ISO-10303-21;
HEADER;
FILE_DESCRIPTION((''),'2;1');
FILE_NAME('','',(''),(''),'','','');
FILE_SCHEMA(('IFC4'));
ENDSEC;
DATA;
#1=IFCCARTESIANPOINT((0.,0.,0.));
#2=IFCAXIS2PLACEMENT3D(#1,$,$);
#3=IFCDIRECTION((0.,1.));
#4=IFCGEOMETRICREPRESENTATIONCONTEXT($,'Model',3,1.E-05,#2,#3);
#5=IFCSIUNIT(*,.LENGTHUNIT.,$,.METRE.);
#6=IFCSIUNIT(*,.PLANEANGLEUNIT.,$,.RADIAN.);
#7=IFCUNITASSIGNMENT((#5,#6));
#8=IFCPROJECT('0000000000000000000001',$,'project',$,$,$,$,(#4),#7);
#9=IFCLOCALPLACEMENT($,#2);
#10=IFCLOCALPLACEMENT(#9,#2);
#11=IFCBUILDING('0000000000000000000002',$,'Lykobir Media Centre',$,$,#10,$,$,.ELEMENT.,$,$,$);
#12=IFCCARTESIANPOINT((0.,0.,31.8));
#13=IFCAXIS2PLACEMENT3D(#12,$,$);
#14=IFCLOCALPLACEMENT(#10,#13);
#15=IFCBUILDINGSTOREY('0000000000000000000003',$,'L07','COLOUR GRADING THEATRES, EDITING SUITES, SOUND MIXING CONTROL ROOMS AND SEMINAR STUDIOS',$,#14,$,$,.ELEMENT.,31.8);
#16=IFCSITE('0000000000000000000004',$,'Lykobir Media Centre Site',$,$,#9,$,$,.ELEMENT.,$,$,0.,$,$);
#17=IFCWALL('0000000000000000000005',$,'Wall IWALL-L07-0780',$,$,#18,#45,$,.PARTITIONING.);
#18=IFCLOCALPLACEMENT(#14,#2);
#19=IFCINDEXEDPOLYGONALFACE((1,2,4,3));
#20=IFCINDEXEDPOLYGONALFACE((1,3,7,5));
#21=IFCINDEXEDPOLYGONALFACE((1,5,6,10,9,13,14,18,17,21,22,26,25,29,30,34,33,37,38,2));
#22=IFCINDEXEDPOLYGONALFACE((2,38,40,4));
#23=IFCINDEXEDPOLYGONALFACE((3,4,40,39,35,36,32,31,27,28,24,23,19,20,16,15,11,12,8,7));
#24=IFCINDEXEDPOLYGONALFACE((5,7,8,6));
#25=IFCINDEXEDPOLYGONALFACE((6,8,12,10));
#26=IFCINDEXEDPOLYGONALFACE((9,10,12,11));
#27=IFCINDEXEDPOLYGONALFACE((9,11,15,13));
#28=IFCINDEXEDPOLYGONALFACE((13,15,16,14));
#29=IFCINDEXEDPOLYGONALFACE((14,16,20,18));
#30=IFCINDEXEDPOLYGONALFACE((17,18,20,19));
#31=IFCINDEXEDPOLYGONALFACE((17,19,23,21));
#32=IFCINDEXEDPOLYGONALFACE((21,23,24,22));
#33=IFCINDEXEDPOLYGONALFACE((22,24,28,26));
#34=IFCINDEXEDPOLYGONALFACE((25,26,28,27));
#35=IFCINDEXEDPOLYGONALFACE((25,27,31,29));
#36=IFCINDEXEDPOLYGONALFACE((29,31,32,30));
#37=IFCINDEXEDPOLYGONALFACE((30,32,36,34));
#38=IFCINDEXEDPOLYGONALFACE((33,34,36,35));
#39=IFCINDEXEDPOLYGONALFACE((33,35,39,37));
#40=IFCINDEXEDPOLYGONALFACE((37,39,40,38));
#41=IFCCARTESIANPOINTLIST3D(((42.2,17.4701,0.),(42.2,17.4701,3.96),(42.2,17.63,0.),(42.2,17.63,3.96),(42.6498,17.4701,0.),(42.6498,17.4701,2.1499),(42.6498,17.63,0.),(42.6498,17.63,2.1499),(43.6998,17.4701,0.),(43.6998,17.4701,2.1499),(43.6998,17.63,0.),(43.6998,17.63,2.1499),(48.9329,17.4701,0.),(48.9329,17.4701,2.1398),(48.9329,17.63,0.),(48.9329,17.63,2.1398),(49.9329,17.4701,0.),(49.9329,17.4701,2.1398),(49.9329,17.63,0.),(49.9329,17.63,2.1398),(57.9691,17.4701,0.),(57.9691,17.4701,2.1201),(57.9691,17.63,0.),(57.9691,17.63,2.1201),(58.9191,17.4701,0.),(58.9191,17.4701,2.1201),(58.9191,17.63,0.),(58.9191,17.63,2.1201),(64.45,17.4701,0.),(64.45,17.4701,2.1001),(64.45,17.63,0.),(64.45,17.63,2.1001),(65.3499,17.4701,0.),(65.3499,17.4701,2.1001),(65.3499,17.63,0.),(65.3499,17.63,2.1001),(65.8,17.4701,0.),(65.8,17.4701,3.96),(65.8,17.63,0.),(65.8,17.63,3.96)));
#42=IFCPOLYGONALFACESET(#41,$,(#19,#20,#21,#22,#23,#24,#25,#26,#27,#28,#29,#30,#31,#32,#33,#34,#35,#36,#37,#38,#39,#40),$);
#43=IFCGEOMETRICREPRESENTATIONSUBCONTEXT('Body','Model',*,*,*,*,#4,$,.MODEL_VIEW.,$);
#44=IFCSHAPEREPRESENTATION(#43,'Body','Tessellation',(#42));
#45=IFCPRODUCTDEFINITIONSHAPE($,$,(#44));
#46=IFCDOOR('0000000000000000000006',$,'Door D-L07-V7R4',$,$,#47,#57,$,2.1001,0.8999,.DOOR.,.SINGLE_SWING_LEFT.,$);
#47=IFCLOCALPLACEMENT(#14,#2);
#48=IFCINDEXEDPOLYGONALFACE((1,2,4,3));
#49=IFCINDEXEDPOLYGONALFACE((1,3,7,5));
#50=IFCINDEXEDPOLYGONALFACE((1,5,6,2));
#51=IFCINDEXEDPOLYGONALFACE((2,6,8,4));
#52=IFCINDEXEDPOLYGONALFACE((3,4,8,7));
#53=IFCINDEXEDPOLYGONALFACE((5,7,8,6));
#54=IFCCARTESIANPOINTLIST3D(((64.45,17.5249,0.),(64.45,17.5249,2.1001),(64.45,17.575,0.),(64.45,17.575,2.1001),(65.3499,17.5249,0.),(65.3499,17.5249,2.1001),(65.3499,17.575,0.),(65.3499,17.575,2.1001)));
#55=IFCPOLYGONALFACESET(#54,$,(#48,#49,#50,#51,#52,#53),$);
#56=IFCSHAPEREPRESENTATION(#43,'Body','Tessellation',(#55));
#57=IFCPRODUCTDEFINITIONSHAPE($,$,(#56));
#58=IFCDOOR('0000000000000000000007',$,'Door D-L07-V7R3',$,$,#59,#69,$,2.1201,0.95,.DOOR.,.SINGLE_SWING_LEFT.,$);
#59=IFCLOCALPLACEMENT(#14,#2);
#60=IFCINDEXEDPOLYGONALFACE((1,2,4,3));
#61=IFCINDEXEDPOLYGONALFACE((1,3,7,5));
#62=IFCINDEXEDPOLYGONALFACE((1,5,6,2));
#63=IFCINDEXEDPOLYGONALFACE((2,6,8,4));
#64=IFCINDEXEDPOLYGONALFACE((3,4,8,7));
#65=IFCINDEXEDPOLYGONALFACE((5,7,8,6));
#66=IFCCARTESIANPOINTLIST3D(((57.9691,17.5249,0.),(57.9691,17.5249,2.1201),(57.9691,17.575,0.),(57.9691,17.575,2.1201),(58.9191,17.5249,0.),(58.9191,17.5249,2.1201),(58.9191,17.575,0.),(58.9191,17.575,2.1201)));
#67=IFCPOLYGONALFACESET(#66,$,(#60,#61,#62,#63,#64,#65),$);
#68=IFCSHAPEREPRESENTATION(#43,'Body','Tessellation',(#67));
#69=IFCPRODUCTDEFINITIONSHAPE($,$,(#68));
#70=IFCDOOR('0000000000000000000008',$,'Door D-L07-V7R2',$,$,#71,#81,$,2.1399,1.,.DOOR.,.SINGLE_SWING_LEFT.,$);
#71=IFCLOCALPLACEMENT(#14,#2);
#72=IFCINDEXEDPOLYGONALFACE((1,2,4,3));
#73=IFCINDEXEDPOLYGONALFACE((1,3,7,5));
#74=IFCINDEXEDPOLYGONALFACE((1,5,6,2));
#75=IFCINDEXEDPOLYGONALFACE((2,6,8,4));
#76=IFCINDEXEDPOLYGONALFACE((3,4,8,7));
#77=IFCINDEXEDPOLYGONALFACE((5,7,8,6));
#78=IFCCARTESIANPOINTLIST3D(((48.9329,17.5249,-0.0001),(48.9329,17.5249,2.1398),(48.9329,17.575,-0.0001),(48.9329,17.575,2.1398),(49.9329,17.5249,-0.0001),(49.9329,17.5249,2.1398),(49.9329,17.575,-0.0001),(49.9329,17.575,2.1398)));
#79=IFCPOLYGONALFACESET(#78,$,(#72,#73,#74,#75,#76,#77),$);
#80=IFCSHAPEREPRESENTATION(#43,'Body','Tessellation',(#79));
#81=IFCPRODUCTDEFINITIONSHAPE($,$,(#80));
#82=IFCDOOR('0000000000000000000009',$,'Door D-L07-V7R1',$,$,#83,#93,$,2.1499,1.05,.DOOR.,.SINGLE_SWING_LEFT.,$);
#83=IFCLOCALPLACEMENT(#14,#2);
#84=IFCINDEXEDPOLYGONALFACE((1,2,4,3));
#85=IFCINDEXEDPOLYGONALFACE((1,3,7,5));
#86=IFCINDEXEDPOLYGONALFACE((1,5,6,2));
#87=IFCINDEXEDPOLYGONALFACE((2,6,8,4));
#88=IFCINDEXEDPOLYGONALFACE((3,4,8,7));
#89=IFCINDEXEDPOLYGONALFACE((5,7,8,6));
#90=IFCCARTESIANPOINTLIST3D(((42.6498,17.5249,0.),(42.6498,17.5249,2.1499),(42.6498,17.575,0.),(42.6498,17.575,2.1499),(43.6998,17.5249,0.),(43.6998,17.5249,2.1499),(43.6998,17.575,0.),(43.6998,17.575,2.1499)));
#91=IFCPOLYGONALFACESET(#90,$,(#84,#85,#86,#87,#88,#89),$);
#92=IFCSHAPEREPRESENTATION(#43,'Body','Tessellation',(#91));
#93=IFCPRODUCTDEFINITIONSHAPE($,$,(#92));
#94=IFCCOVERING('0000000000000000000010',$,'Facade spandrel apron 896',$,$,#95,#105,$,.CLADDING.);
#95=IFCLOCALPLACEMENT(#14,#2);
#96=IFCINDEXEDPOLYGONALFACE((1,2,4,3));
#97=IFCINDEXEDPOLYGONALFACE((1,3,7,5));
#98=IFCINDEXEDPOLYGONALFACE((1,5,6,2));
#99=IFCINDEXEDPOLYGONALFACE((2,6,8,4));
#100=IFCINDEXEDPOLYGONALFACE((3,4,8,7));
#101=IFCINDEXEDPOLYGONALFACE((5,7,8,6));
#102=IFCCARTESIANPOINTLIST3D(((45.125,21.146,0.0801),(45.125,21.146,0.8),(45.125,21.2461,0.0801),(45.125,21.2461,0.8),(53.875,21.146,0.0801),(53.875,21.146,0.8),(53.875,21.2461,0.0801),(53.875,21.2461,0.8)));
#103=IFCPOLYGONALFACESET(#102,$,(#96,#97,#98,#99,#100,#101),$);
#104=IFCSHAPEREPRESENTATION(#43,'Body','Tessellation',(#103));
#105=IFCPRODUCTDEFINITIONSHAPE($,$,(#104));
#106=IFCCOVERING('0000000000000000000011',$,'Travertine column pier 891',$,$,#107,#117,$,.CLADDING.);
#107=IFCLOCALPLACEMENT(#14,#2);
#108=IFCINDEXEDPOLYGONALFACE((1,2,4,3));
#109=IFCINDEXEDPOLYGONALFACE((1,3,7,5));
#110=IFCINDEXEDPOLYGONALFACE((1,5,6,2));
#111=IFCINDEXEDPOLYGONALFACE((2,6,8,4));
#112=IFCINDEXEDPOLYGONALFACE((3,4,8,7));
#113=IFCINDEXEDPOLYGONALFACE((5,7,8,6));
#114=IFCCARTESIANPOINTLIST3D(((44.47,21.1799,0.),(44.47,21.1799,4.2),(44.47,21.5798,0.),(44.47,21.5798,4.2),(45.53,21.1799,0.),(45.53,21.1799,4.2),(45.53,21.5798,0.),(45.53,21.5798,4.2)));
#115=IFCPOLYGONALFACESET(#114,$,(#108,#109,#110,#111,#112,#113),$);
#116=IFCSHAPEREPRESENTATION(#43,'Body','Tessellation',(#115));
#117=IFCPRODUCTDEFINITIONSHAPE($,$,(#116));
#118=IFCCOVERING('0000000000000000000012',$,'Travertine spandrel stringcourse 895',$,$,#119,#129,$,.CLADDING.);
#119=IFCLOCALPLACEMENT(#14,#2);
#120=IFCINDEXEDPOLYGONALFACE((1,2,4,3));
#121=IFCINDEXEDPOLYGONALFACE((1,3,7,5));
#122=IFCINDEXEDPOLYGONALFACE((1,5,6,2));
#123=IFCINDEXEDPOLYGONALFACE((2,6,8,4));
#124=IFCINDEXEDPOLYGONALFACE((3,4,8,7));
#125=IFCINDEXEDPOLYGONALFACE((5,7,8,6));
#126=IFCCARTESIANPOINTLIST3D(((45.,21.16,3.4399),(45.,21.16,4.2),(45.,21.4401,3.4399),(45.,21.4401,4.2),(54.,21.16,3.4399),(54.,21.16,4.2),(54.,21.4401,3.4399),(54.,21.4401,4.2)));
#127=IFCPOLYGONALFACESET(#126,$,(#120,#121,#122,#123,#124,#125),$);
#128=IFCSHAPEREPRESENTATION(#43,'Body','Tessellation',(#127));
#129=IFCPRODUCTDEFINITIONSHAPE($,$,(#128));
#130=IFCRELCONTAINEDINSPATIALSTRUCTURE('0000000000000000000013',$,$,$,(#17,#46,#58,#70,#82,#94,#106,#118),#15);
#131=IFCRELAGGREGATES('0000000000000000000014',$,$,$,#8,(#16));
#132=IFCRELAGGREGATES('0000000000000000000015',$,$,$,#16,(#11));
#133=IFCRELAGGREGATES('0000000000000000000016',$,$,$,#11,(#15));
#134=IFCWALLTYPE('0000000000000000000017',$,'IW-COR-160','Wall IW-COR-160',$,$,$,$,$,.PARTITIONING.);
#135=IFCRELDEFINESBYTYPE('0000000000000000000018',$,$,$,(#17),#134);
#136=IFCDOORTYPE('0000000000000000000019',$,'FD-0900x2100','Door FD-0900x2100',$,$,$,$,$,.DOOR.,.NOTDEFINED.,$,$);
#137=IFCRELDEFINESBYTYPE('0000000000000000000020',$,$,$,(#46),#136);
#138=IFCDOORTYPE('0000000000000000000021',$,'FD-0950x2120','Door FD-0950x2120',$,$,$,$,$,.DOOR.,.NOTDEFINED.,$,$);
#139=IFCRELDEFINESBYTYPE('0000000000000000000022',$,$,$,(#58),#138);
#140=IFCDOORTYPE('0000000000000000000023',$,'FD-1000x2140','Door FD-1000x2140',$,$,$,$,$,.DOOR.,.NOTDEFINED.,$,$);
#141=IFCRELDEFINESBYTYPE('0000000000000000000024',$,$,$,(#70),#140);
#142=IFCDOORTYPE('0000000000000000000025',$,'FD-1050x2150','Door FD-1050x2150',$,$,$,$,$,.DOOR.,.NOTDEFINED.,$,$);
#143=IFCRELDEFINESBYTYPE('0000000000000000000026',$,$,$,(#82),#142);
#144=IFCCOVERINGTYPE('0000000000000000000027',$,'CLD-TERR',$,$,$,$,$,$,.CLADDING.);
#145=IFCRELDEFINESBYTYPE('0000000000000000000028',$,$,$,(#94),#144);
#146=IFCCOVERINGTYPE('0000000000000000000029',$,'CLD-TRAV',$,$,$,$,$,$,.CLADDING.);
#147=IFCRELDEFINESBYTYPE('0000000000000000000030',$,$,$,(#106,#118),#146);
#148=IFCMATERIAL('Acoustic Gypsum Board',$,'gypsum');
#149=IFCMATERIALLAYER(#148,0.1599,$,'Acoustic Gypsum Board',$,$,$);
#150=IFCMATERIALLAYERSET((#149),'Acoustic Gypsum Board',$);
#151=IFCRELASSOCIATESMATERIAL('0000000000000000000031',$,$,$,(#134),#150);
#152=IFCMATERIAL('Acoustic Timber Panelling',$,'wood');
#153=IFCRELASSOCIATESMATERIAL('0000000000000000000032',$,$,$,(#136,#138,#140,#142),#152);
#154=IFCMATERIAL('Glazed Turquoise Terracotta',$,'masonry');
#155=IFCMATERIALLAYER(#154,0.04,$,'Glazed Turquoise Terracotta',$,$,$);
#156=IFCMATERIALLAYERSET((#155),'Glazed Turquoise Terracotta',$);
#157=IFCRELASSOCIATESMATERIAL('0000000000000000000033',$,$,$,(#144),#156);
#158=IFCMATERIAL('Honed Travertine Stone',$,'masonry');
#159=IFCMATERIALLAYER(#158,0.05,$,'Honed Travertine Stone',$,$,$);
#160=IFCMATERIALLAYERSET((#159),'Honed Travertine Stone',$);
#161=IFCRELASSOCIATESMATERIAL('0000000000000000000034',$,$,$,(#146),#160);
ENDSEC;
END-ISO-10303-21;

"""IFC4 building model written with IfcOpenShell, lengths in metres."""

from ifc_helpers import new_model, si_unit, direction, frame, frame_2d, origin, origin_2d, place, context, subcontext, project, spatial, rectangle, extrude, material, layer, layer_set, type_object, element, fill, save


model = new_model("IFC4")

# Units and contexts
model_context = context("Model", 3, precision=1e-05, world=origin(), true_north=direction((0.0, 1.0)))
body_context = subcontext(model_context, "Body", "Model", "MODEL_VIEW")
ifc_project = project(units=[si_unit("LENGTHUNIT", "METRE"), si_unit("PLANEANGLEUNIT", "RADIAN")], contexts=[model_context])

# Site, building, storey
site_placement = place(None, origin())
site = spatial("IfcSite", under=ifc_project, at=site_placement, Name="Lykobir Media Centre Site", CompositionType="ELEMENT", RefElevation=0.0)
building_placement = place(site_placement, origin())
building = spatial("IfcBuilding", under=site, at=building_placement, Name="Lykobir Media Centre", CompositionType="ELEMENT")
storey_placement = place(building_placement, frame((0.0, 0.0, 31.8)))
storey = spatial("IfcBuildingStorey", under=building, at=storey_placement, Name="L07", Description="COLOUR GRADING THEATRES, EDITING SUITES, SOUND MIXING CONTROL ROOMS AND SEMINAR STUDIOS", CompositionType="ELEMENT", Elevation=31.8)

# Wall, openings, doors
ifc_material_1 = material(Name="Acoustic Gypsum Board", Category="gypsum")
ifc_layer_1 = layer(ifc_material_1, 0.1599, Name="Acoustic Gypsum Board")
ifc_layer_set_1 = layer_set([ifc_layer_1], Name="Acoustic Gypsum Board")
wall_type_1 = type_object("IfcWallType", Name="IW-COR-160", Description="Wall IW-COR-160", PredefinedType="PARTITIONING", material=ifc_layer_set_1)
wall_1_placement = place(storey_placement, frame((42.2, 17.55, 0.0), z_axis=(0.0, 0.0, 1.0), x_axis=(1.0, 0.0, 0.0)))
wall_1 = element("IfcWall", 1, at=wall_1_placement, inside=storey, type_object=wall_type_1, Name="Wall IWALL-L07-0780", PredefinedType="PARTITIONING", context=body_context, shape_type="SweptSolid", body=[
    extrude(rectangle(XDim=23.6001, YDim=0.1599, at=frame_2d((11.8, 0.0))), origin(), (0.0, 0.0, 1.0), 3.96),
])
opening_1_placement = place(wall_1_placement, frame((0.45, 0.0, 0.0)))
opening_1 = element("IfcOpeningElement", 2, at=opening_1_placement, cuts=wall_1, PredefinedType="OPENING", context=body_context, shape_type="SweptSolid", body=[
    extrude(rectangle(XDim=1.05, YDim=2.1499, at=frame_2d((0.5249, 1.075))), frame((0.0, 0.0898, 0.0), z_axis=(0.0, -1.0, 0.0), x_axis=(1.0, 0.0, 0.0)), (0.0, 0.0, 1.0), 0.1799),
])
opening_2_placement = place(wall_1_placement, frame((6.7329, 0.0, 0.0)))
opening_2 = element("IfcOpeningElement", 3, at=opening_2_placement, cuts=wall_1, PredefinedType="OPENING", context=body_context, shape_type="SweptSolid", body=[
    extrude(rectangle(XDim=1.0, YDim=2.1399, at=frame_2d((0.5, 1.0698))), frame((0.0, 0.0898, 0.0), z_axis=(0.0, -1.0, 0.0), x_axis=(1.0, 0.0, 0.0)), (0.0, 0.0, 1.0), 0.1799),
])
opening_3_placement = place(wall_1_placement, frame((15.769, 0.0, 0.0)))
opening_3 = element("IfcOpeningElement", 4, at=opening_3_placement, cuts=wall_1, PredefinedType="OPENING", context=body_context, shape_type="SweptSolid", body=[
    extrude(rectangle(XDim=0.95, YDim=2.1201, at=frame_2d((0.4751, 1.0601))), frame((0.0, 0.0898, 0.0), z_axis=(0.0, -1.0, 0.0), x_axis=(1.0, 0.0, 0.0)), (0.0, 0.0, 1.0), 0.1799),
])
opening_4_placement = place(wall_1_placement, frame((22.25, 0.0, 0.0)))
opening_4 = element("IfcOpeningElement", 5, at=opening_4_placement, cuts=wall_1, PredefinedType="OPENING", context=body_context, shape_type="SweptSolid", body=[
    extrude(rectangle(XDim=0.8999, YDim=2.1001, at=frame_2d((0.45, 1.05))), frame((0.0, 0.0898, 0.0), z_axis=(0.0, -1.0, 0.0), x_axis=(1.0, 0.0, 0.0)), (0.0, 0.0, 1.0), 0.1799),
])
ifc_material_2 = material(Name="Acoustic Timber Panelling", Category="wood")
door_type_1 = type_object("IfcDoorType", Name="FD-0900x2100", Description="Door FD-0900x2100", OperationType="NOTDEFINED", PredefinedType="DOOR", material=ifc_material_2)
door_1_placement = place(opening_4_placement, origin())
door_1 = element("IfcDoor", 6, at=door_1_placement, inside=storey, type_object=door_type_1, Name="Door D-L07-V7R4", OperationType="SINGLE_SWING_LEFT", OverallHeight=2.1001, OverallWidth=0.8999, PredefinedType="DOOR", context=body_context, shape_type="SweptSolid", body=[
    extrude(rectangle(XDim=0.8999, YDim=2.1001, at=frame_2d((0.45, 1.05))), frame((0.0, 0.0249, 0.0), z_axis=(0.0, -1.0, 0.0), x_axis=(1.0, 0.0, 0.0)), (0.0, 0.0, 1.0), 0.05),
])
fill(opening_4, door_1)
door_type_2 = type_object("IfcDoorType", Name="FD-0950x2120", Description="Door FD-0950x2120", OperationType="NOTDEFINED", PredefinedType="DOOR", material=ifc_material_2)
door_2_placement = place(opening_3_placement, origin())
door_2 = element("IfcDoor", 7, at=door_2_placement, inside=storey, type_object=door_type_2, Name="Door D-L07-V7R3", OperationType="SINGLE_SWING_LEFT", OverallHeight=2.1201, OverallWidth=0.95, PredefinedType="DOOR", context=body_context, shape_type="SweptSolid", body=[
    extrude(rectangle(XDim=0.95, YDim=2.1201, at=frame_2d((0.4751, 1.0601))), frame((0.0, 0.0249, 0.0), z_axis=(0.0, -1.0, 0.0), x_axis=(1.0, 0.0, 0.0)), (0.0, 0.0, 1.0), 0.05),
])
fill(opening_3, door_2)
door_type_3 = type_object("IfcDoorType", Name="FD-1000x2140", Description="Door FD-1000x2140", OperationType="NOTDEFINED", PredefinedType="DOOR", material=ifc_material_2)
door_3_placement = place(opening_2_placement, origin())
door_3 = element("IfcDoor", 8, at=door_3_placement, inside=storey, type_object=door_type_3, Name="Door D-L07-V7R2", OperationType="SINGLE_SWING_LEFT", OverallHeight=2.1399, OverallWidth=1.0, PredefinedType="DOOR", context=body_context, shape_type="SweptSolid", body=[
    extrude(rectangle(XDim=1.0, YDim=2.1399, at=frame_2d((0.5, 1.0698))), frame((0.0, 0.0249, 0.0), z_axis=(0.0, -1.0, 0.0), x_axis=(1.0, 0.0, 0.0)), (0.0, 0.0, 1.0), 0.05),
])
fill(opening_2, door_3)
door_type_4 = type_object("IfcDoorType", Name="FD-1050x2150", Description="Door FD-1050x2150", OperationType="NOTDEFINED", PredefinedType="DOOR", material=ifc_material_2)
door_4_placement = place(opening_1_placement, origin())
door_4 = element("IfcDoor", 9, at=door_4_placement, inside=storey, type_object=door_type_4, Name="Door D-L07-V7R1", OperationType="SINGLE_SWING_LEFT", OverallHeight=2.1499, OverallWidth=1.05, PredefinedType="DOOR", context=body_context, shape_type="SweptSolid", body=[
    extrude(rectangle(XDim=1.05, YDim=2.1499, at=frame_2d((0.5249, 1.075))), frame((0.0, 0.0249, 0.0), z_axis=(0.0, -1.0, 0.0), x_axis=(1.0, 0.0, 0.0)), (0.0, 0.0, 1.0), 0.05),
])
fill(opening_1, door_4)

# Coverings
ifc_material_3 = material(Name="Glazed Turquoise Terracotta", Category="masonry")
ifc_layer_2 = layer(ifc_material_3, 0.04, Name="Glazed Turquoise Terracotta")
ifc_layer_set_2 = layer_set([ifc_layer_2], Name="Glazed Turquoise Terracotta")
covering_type_1 = type_object("IfcCoveringType", Name="CLD-TERR", PredefinedType="CLADDING", material=ifc_layer_set_2)
covering_1_placement = place(storey_placement, frame((49.5, 21.196, 0.0801), z_axis=(0.0, 0.0, 1.0), x_axis=(-1.0, 0.0, 0.0)))
element("IfcCovering", 10, at=covering_1_placement, inside=storey, type_object=covering_type_1, Name="Facade spandrel apron 896", PredefinedType="CLADDING", context=body_context, shape_type="SweptSolid", body=[
    extrude(rectangle(XDim=8.75, YDim=0.1001, at=origin_2d()), origin(), (0.0, 0.0, 1.0), 0.72),
])
ifc_material_4 = material(Name="Honed Travertine Stone", Category="masonry")
ifc_layer_3 = layer(ifc_material_4, 0.05, Name="Honed Travertine Stone")
ifc_layer_set_3 = layer_set([ifc_layer_3], Name="Honed Travertine Stone")
covering_type_2 = type_object("IfcCoveringType", Name="CLD-TRAV", PredefinedType="CLADDING", material=ifc_layer_set_3)
covering_2_placement = place(storey_placement, frame((45.0, 21.3799, 0.0), z_axis=(0.0, 0.0, 1.0), x_axis=(-1.0, 0.0, 0.0)))
element("IfcCovering", 11, at=covering_2_placement, inside=storey, type_object=covering_type_2, Name="Travertine column pier 891", PredefinedType="CLADDING", context=body_context, shape_type="SweptSolid", body=[
    extrude(rectangle(XDim=1.0601, YDim=0.3999, at=origin_2d()), origin(), (0.0, 0.0, 1.0), 4.2),
])
covering_3_placement = place(storey_placement, frame((49.5, 21.3, 3.4399), z_axis=(0.0, 0.0, 1.0), x_axis=(-1.0, 0.0, 0.0)))
element("IfcCovering", 12, at=covering_3_placement, inside=storey, type_object=covering_type_2, Name="Travertine spandrel stringcourse 895", PredefinedType="CLADDING", context=body_context, shape_type="SweptSolid", body=[
    extrude(rectangle(XDim=9.0, YDim=0.28, at=origin_2d()), origin(), (0.0, 0.0, 1.0), 0.76),
])

save(model, "model.ifc")
